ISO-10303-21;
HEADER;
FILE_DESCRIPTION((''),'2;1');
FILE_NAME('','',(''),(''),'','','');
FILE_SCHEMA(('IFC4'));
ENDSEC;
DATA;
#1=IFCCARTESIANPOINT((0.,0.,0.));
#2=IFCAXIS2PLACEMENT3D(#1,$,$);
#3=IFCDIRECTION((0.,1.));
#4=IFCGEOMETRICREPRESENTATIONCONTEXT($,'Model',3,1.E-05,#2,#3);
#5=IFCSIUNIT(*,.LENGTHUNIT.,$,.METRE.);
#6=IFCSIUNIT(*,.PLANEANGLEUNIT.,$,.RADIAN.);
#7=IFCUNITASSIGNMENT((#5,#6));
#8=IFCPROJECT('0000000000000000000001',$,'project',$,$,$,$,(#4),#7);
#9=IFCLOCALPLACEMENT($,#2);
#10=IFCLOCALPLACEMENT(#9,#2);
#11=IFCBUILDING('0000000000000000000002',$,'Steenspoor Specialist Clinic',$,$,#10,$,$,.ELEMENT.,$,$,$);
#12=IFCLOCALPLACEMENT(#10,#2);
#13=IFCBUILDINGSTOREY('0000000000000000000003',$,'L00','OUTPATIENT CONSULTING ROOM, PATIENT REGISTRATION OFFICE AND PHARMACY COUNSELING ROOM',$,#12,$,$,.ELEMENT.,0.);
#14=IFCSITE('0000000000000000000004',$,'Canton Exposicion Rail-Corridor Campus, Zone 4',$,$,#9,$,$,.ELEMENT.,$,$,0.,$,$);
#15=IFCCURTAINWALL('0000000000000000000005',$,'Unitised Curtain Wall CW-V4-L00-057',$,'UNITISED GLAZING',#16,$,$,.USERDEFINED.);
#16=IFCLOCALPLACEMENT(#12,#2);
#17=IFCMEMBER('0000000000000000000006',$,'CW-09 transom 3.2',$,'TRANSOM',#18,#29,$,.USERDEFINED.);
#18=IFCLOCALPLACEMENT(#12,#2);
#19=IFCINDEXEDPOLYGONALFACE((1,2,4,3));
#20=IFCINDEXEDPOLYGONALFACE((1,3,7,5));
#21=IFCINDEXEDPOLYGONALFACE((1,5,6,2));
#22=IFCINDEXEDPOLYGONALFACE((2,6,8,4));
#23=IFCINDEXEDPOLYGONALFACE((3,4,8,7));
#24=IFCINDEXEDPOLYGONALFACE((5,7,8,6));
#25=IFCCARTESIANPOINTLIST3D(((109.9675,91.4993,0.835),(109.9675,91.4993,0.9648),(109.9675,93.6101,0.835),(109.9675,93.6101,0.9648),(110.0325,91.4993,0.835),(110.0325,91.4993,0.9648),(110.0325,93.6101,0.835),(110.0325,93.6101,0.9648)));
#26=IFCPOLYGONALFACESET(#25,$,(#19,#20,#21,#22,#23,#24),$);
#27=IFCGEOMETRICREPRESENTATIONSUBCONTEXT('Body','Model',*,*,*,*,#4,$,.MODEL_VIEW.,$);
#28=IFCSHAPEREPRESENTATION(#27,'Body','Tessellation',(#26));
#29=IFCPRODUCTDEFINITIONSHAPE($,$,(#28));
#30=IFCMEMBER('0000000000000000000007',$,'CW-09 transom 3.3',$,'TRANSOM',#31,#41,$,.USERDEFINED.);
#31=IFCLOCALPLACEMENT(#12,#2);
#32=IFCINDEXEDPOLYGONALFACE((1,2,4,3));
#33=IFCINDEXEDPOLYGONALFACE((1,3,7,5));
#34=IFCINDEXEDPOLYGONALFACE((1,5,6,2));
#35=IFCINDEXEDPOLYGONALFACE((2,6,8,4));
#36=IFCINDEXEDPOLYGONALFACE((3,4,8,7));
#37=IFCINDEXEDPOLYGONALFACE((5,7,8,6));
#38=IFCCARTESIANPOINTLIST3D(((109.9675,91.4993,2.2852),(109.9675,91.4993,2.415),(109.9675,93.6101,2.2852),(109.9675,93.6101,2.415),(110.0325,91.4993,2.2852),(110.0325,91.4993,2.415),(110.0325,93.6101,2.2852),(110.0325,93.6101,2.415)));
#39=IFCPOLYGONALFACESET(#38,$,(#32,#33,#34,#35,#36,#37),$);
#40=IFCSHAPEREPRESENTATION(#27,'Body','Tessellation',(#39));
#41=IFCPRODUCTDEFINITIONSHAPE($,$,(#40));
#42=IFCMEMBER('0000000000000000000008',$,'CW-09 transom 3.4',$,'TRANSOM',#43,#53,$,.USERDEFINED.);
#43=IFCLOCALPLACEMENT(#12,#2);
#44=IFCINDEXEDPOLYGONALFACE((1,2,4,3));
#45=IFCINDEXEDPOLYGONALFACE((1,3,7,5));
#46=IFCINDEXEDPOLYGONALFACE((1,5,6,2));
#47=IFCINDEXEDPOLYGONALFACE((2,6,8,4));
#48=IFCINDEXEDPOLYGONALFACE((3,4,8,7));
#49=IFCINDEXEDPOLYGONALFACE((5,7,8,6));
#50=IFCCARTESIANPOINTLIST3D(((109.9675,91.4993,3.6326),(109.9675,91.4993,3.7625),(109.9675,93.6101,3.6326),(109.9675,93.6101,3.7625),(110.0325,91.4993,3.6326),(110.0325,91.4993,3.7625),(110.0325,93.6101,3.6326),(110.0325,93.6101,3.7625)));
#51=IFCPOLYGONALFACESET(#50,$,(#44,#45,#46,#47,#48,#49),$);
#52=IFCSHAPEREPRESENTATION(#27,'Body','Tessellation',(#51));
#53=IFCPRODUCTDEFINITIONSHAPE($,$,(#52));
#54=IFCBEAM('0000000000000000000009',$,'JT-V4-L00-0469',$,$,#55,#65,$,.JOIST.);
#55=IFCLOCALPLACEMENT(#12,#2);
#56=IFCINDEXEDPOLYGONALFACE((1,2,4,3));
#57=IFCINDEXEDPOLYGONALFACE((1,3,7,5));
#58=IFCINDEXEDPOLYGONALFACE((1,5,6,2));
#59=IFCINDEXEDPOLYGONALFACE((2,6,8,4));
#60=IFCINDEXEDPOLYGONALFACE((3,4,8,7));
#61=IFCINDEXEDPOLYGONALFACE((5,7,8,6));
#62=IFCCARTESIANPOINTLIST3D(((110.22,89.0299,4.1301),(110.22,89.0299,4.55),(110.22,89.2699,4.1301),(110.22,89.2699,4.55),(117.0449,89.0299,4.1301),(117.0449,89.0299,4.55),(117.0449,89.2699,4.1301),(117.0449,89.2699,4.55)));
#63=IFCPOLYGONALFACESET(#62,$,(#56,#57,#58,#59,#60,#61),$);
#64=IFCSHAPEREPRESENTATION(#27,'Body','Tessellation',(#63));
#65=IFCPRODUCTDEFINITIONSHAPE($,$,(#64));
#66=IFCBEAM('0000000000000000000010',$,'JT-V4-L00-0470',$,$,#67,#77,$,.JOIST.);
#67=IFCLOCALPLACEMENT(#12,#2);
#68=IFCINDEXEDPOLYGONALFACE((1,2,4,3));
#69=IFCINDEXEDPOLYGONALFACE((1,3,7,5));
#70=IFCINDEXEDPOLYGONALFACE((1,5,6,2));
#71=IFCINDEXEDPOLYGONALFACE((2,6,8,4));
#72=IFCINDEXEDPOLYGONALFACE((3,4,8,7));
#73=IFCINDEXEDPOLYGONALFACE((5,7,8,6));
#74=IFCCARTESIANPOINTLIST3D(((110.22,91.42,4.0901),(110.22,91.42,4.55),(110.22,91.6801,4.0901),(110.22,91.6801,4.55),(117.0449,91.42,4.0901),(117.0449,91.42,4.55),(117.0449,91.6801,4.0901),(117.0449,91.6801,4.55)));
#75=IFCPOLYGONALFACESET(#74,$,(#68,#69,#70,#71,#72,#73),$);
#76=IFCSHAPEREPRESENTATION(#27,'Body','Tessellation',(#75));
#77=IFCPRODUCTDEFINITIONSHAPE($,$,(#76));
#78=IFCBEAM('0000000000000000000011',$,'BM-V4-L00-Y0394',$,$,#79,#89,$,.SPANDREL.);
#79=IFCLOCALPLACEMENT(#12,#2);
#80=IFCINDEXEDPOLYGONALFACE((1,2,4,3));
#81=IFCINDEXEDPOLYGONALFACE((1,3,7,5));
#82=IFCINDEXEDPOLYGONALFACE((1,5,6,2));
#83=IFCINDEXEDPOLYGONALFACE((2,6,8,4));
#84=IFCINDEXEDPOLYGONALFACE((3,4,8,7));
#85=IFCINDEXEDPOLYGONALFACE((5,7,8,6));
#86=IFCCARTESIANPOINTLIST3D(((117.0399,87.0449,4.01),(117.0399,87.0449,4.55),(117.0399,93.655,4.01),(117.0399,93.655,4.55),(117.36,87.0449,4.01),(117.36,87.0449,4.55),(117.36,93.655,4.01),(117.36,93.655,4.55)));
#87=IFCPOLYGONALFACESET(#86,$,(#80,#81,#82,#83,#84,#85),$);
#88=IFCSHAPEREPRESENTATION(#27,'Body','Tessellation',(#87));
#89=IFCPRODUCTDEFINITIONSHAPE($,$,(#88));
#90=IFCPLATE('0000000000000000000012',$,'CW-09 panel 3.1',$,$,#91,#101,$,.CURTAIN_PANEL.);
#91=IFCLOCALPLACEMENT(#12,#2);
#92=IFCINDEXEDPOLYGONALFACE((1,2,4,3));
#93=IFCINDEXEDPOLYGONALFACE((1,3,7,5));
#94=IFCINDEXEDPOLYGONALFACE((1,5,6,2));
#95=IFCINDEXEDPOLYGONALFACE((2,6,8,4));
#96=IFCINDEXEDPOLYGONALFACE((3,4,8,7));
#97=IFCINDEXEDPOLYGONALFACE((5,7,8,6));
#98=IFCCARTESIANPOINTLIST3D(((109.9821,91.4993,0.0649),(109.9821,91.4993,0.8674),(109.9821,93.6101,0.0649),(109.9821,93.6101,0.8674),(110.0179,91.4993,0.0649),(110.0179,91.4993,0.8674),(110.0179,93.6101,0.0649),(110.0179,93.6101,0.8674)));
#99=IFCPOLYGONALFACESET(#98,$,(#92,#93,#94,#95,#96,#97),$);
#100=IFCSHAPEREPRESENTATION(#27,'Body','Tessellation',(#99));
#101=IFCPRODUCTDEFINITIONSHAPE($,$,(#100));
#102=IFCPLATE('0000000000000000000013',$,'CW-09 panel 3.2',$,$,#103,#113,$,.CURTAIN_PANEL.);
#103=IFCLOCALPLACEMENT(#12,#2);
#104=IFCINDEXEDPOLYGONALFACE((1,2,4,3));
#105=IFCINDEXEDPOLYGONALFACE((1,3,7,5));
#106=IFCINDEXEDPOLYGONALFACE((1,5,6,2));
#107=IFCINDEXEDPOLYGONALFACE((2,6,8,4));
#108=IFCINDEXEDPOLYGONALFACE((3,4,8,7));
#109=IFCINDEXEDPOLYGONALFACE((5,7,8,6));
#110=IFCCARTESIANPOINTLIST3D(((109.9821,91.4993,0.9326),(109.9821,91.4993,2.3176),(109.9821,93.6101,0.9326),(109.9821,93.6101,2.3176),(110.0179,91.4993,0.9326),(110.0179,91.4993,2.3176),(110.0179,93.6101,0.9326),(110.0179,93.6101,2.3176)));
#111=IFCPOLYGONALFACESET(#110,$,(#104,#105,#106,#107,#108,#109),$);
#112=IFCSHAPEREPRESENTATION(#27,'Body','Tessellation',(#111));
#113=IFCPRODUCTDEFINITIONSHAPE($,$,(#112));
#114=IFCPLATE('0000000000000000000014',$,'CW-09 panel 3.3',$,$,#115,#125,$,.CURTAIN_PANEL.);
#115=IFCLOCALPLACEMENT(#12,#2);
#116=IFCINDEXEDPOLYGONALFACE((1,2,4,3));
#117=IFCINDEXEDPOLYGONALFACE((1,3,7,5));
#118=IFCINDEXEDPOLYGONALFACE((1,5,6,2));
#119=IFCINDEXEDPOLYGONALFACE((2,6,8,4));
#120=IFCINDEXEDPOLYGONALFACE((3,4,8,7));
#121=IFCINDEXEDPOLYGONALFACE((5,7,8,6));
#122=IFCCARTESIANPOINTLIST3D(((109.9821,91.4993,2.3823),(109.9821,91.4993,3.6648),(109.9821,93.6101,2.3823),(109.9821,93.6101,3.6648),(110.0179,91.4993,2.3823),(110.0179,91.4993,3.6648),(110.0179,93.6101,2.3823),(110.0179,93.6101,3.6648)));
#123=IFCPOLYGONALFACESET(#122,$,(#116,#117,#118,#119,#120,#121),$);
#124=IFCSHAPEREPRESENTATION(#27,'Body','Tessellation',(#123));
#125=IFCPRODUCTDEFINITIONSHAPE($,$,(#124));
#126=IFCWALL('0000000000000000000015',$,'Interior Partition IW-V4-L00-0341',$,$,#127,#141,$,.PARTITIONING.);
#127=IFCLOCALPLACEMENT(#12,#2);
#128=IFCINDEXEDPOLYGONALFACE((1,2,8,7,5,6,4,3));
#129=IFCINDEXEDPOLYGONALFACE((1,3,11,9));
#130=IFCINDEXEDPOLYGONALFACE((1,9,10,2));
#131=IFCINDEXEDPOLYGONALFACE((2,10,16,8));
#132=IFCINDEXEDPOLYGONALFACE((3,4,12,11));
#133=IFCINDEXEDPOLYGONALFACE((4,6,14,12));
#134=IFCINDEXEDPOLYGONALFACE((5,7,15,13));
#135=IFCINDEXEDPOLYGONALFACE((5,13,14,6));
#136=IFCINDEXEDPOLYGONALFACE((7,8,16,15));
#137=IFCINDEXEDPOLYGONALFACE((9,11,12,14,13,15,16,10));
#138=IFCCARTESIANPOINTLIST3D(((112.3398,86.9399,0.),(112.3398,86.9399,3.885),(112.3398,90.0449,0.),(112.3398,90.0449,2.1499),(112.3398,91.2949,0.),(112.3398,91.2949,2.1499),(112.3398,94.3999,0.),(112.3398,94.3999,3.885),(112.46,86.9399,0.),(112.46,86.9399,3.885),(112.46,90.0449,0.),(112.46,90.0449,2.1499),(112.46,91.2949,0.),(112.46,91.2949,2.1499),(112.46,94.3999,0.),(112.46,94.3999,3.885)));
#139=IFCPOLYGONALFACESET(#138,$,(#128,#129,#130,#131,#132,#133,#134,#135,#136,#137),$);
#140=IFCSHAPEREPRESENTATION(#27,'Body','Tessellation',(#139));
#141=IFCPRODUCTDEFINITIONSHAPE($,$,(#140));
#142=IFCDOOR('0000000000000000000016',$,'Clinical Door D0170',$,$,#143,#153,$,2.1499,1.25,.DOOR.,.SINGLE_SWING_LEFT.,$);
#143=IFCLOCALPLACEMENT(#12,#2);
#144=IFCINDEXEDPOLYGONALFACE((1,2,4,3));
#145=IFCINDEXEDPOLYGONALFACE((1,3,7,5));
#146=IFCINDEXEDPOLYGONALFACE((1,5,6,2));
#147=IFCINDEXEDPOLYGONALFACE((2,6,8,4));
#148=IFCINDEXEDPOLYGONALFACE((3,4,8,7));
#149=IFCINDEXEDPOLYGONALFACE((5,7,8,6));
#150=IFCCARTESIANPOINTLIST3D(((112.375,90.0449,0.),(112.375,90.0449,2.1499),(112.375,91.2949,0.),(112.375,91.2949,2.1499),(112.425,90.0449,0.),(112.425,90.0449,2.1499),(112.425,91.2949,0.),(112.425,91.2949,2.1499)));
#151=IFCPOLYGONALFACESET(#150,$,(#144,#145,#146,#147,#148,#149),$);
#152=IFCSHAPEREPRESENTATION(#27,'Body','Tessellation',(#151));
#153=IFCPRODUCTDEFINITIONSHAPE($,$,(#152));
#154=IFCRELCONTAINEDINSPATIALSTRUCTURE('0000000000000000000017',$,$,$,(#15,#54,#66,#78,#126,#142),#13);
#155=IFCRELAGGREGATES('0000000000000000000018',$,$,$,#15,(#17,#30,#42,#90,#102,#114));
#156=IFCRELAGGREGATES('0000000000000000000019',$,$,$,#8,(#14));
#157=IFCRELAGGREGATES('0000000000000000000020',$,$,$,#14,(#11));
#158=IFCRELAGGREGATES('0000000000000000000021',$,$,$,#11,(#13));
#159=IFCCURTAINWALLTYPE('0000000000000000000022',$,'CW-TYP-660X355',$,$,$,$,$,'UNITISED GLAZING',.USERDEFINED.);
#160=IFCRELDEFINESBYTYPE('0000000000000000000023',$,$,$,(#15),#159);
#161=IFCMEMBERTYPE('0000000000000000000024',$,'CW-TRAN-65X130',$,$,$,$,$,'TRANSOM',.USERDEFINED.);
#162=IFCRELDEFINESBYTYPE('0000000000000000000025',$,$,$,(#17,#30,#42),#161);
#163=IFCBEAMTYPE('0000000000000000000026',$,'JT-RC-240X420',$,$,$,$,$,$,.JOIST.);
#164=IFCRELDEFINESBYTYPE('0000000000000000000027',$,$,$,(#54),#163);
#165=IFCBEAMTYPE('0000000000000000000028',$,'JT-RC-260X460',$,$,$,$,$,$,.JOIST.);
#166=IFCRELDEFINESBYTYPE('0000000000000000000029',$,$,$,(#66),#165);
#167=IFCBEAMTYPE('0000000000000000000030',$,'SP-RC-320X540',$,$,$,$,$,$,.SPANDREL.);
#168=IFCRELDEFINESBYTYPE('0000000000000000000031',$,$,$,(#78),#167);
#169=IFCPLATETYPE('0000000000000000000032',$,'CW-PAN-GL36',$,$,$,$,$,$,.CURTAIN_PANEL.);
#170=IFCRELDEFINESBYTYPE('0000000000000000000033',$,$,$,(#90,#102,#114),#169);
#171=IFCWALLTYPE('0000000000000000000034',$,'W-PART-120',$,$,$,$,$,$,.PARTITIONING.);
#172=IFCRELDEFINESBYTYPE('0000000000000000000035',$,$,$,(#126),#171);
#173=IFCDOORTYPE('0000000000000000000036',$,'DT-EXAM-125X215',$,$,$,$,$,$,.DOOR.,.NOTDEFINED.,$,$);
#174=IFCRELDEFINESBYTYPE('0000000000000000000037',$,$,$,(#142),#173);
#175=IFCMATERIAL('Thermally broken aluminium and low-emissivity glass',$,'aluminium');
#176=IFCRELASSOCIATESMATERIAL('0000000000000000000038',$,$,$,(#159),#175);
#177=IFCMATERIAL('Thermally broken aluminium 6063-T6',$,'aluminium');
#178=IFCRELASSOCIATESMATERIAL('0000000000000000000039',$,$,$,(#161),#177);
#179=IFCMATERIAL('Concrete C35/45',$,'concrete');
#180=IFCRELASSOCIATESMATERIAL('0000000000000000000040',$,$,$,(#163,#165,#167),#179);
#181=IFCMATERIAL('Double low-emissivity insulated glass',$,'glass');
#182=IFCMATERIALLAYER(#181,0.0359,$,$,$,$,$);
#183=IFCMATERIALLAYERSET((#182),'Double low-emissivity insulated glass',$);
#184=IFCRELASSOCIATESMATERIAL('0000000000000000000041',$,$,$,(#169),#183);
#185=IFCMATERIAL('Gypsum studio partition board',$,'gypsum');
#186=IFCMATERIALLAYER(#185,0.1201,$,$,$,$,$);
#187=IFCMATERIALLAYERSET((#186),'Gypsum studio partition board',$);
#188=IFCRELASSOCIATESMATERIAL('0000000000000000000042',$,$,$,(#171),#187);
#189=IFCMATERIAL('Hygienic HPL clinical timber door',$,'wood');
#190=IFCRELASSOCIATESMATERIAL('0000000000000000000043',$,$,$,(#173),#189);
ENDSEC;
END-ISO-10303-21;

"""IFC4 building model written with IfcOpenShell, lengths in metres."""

from ifc_helpers import new_model, si_unit, direction, frame, frame_2d, origin, origin_2d, place, context, subcontext, project, spatial, rectangle, extrude, material, layer, layer_set, material_profile, profile_set, type_object, element, fill, aggregate, save


model = new_model("IFC4")

# Units and contexts
model_context = context("Model", 3, precision=1e-05, world=origin(), true_north=direction((0.0, 1.0)))
body_context = subcontext(model_context, "Body", "Model", "MODEL_VIEW")
ifc_project = project(units=[si_unit("LENGTHUNIT", "METRE"), si_unit("PLANEANGLEUNIT", "RADIAN")], contexts=[model_context])

# Site, building, storey
site_placement = place(None, origin())
site = spatial("IfcSite", under=ifc_project, at=site_placement, Name="Canton Exposicion Rail-Corridor Campus, Zone 4", CompositionType="ELEMENT", RefElevation=0.0)
building_placement = place(site_placement, origin())
building = spatial("IfcBuilding", under=site, at=building_placement, Name="Steenspoor Specialist Clinic", CompositionType="ELEMENT")
storey_placement = place(building_placement, origin())
storey = spatial("IfcBuildingStorey", under=building, at=storey_placement, Name="L00", Description="OUTPATIENT CONSULTING ROOM, PATIENT REGISTRATION OFFICE AND PHARMACY COUNSELING ROOM", CompositionType="ELEMENT", Elevation=0.0)

# Shared definitions
ifc_material_1 = material(Name="Concrete C35/45", Category="concrete")

# Curtain wall, members
ifc_material_2 = material(Name="Thermally broken aluminium and low-emissivity glass", Category="aluminium")
curtain_wall_type = type_object("IfcCurtainWallType", Name="CW-TYP-660X355", ElementType="UNITISED GLAZING", PredefinedType="USERDEFINED", material=ifc_material_2)
curtain_wall_placement = place(storey_placement, origin())
curtain_wall = element("IfcCurtainWall", 1, at=curtain_wall_placement, inside=storey, type_object=curtain_wall_type, Name="Unitised Curtain Wall CW-V4-L00-057", ObjectType="UNITISED GLAZING", PredefinedType="USERDEFINED")
ifc_material_3 = material(Name="Thermally broken aluminium 6063-T6", Category="aluminium")
ifc_material_profile_1 = material_profile(ifc_material_3, rectangle(XDim=0.0649, YDim=0.1299, at=origin_2d()), Name="CWT-65X130")
ifc_profile_set_1 = profile_set([ifc_material_profile_1], Name="Thermally broken aluminium 6063-T6")
member_type = type_object("IfcMemberType", Name="CW-TRAN-65X130", ElementType="TRANSOM", PredefinedType="USERDEFINED", material=ifc_profile_set_1)
member_1_placement = place(storey_placement, frame((110.0, 91.4993, 0.8999), z_axis=(0.0, 1.0, 0.0), x_axis=(-1.0, 0.0, 0.0)))
member_1 = element("IfcMember", 2, at=member_1_placement, type_object=member_type, Name="CW-09 transom 3.2", ObjectType="TRANSOM", PredefinedType="USERDEFINED", context=body_context, shape_type="SweptSolid", body=[
    extrude(rectangle(XDim=0.0649, YDim=0.1299, at=origin_2d()), origin(), (0.0, 0.0, 1.0), 2.1108),
])
member_2_placement = place(storey_placement, frame((110.0, 91.4993, 2.3501), z_axis=(0.0, 1.0, 0.0), x_axis=(-1.0, 0.0, 0.0)))
member_2 = element("IfcMember", 3, at=member_2_placement, type_object=member_type, Name="CW-09 transom 3.3", ObjectType="TRANSOM", PredefinedType="USERDEFINED", context=body_context, shape_type="SweptSolid", body=[
    extrude(rectangle(XDim=0.0649, YDim=0.1299, at=origin_2d()), origin(), (0.0, 0.0, 1.0), 2.1108),
])
member_3_placement = place(storey_placement, frame((110.0, 91.4993, 3.6975), z_axis=(0.0, 1.0, 0.0), x_axis=(-1.0, 0.0, 0.0)))
member_3 = element("IfcMember", 4, at=member_3_placement, type_object=member_type, Name="CW-09 transom 3.4", ObjectType="TRANSOM", PredefinedType="USERDEFINED", context=body_context, shape_type="SweptSolid", body=[
    extrude(rectangle(XDim=0.0649, YDim=0.1299, at=origin_2d()), origin(), (0.0, 0.0, 1.0), 2.1108),
])

# Beams
ifc_material_profile_2 = material_profile(ifc_material_1, rectangle(XDim=0.24, YDim=0.4199, at=origin_2d()), Name="RC-JT-240X420")
ifc_profile_set_2 = profile_set([ifc_material_profile_2], Name="Concrete C35/45")
beam_type_1 = type_object("IfcBeamType", Name="JT-RC-240X420", PredefinedType="JOIST", material=ifc_profile_set_2)
beam_1_placement = place(storey_placement, frame((110.22, 89.1499, 4.3401), z_axis=(1.0, 0.0, 0.0), x_axis=(0.0, 1.0, 0.0)))
element("IfcBeam", 5, at=beam_1_placement, inside=storey, type_object=beam_type_1, Name="JT-V4-L00-0469", PredefinedType="JOIST", context=body_context, shape_type="SweptSolid", body=[
    extrude(rectangle(XDim=0.24, YDim=0.4199, at=origin_2d()), origin(), (0.0, 0.0, 1.0), 6.825),
])
ifc_material_profile_3 = material_profile(ifc_material_1, rectangle(XDim=0.26, YDim=0.46, at=origin_2d()), Name="RC-JT-260X460")
ifc_profile_set_3 = profile_set([ifc_material_profile_3], Name="Concrete C35/45")
beam_type_2 = type_object("IfcBeamType", Name="JT-RC-260X460", PredefinedType="JOIST", material=ifc_profile_set_3)
beam_2_placement = place(storey_placement, frame((110.22, 91.55, 4.3201), z_axis=(1.0, 0.0, 0.0), x_axis=(0.0, 1.0, 0.0)))
element("IfcBeam", 6, at=beam_2_placement, inside=storey, type_object=beam_type_2, Name="JT-V4-L00-0470", PredefinedType="JOIST", context=body_context, shape_type="SweptSolid", body=[
    extrude(rectangle(XDim=0.26, YDim=0.46, at=origin_2d()), origin(), (0.0, 0.0, 1.0), 6.825),
])
ifc_material_profile_4 = material_profile(ifc_material_1, rectangle(XDim=0.3201, YDim=0.54, at=origin_2d()), Name="RC-SP-320X540")
ifc_profile_set_4 = profile_set([ifc_material_profile_4], Name="Concrete C35/45")
beam_type_3 = type_object("IfcBeamType", Name="SP-RC-320X540", PredefinedType="SPANDREL", material=ifc_profile_set_4)
beam_3_placement = place(storey_placement, frame((117.2, 87.0449, 4.28), z_axis=(0.0, 1.0, 0.0), x_axis=(-1.0, 0.0, 0.0)))
element("IfcBeam", 7, at=beam_3_placement, inside=storey, type_object=beam_type_3, Name="BM-V4-L00-Y0394", PredefinedType="SPANDREL", context=body_context, shape_type="SweptSolid", body=[
    extrude(rectangle(XDim=0.3201, YDim=0.54, at=origin_2d()), origin(), (0.0, 0.0, 1.0), 6.6101),
])

# Plates
ifc_material_4 = material(Name="Double low-emissivity insulated glass", Category="glass")
ifc_layer_1 = layer(ifc_material_4, 0.0359)
ifc_layer_set_1 = layer_set([ifc_layer_1], Name="Double low-emissivity insulated glass")
plate_type = type_object("IfcPlateType", Name="CW-PAN-GL36", PredefinedType="CURTAIN_PANEL", material=ifc_layer_set_1)
plate_1_placement = place(storey_placement, frame((110.0, 92.5547, 0.0649), z_axis=(0.0, 0.0, 1.0), x_axis=(0.0, 1.0, 0.0)))
plate_1 = element("IfcPlate", 8, at=plate_1_placement, type_object=plate_type, Name="CW-09 panel 3.1", PredefinedType="CURTAIN_PANEL", context=body_context, shape_type="SweptSolid", body=[
    extrude(rectangle(XDim=2.1108, YDim=0.0359, at=origin_2d()), origin(), (0.0, 0.0, 1.0), 0.8025),
])
plate_2_placement = place(storey_placement, frame((110.0, 92.5547, 0.9326), z_axis=(0.0, 0.0, 1.0), x_axis=(0.0, 1.0, 0.0)))
plate_2 = element("IfcPlate", 9, at=plate_2_placement, type_object=plate_type, Name="CW-09 panel 3.2", PredefinedType="CURTAIN_PANEL", context=body_context, shape_type="SweptSolid", body=[
    extrude(rectangle(XDim=2.1108, YDim=0.0359, at=origin_2d()), origin(), (0.0, 0.0, 1.0), 1.385),
])
plate_3_placement = place(storey_placement, frame((110.0, 92.5547, 2.3823), z_axis=(0.0, 0.0, 1.0), x_axis=(0.0, 1.0, 0.0)))
plate_3 = element("IfcPlate", 10, at=plate_3_placement, type_object=plate_type, Name="CW-09 panel 3.3", PredefinedType="CURTAIN_PANEL", context=body_context, shape_type="SweptSolid", body=[
    extrude(rectangle(XDim=2.1108, YDim=0.0359, at=origin_2d()), origin(), (0.0, 0.0, 1.0), 1.2825),
])
aggregate(curtain_wall, [member_1, member_2, member_3, plate_1, plate_2, plate_3])

# Wall, opening, door
ifc_material_5 = material(Name="Gypsum studio partition board", Category="gypsum")
ifc_layer_2 = layer(ifc_material_5, 0.1201)
ifc_layer_set_2 = layer_set([ifc_layer_2], Name="Gypsum studio partition board")
wall_type_1 = type_object("IfcWallType", Name="W-PART-120", PredefinedType="PARTITIONING", material=ifc_layer_set_2)
wall_1_placement = place(storey_placement, frame((112.3999, 86.9399, 0.0), z_axis=(0.0, 0.0, 1.0), x_axis=(0.0, 1.0, 0.0)))
wall_1 = element("IfcWall", 11, at=wall_1_placement, inside=storey, type_object=wall_type_1, Name="Interior Partition IW-V4-L00-0341", PredefinedType="PARTITIONING", context=body_context, shape_type="SweptSolid", body=[
    extrude(rectangle(XDim=7.46, YDim=0.1201, at=frame_2d((3.73, 0.0))), origin(), (0.0, 0.0, 1.0), 3.885),
])
opening_1_placement = place(wall_1_placement, frame((3.105, 0.0, 0.0)))
opening_1 = element("IfcOpeningElement", 12, at=opening_1_placement, cuts=wall_1, PredefinedType="OPENING", context=body_context, shape_type="SweptSolid", body=[
    extrude(rectangle(XDim=1.25, YDim=2.1499, at=frame_2d((0.625, 1.075))), frame((0.0, 0.0701, 0.0), z_axis=(0.0, -1.0, 0.0), x_axis=(1.0, 0.0, 0.0)), (0.0, 0.0, 1.0), 0.1401),
])
ifc_material_6 = material(Name="Hygienic HPL clinical timber door", Category="wood")
door_type_1 = type_object("IfcDoorType", Name="DT-EXAM-125X215", OperationType="NOTDEFINED", PredefinedType="DOOR", material=ifc_material_6)
door_1_placement = place(opening_1_placement, origin())
door_1 = element("IfcDoor", 13, at=door_1_placement, inside=storey, type_object=door_type_1, Name="Clinical Door D0170", OperationType="SINGLE_SWING_LEFT", OverallHeight=2.1499, OverallWidth=1.25, PredefinedType="DOOR", context=body_context, shape_type="SweptSolid", body=[
    extrude(rectangle(XDim=1.25, YDim=2.1499, at=frame_2d((0.625, 1.075))), frame((0.0, 0.0249, 0.0), z_axis=(0.0, -1.0, 0.0), x_axis=(1.0, 0.0, 0.0)), (0.0, 0.0, 1.0), 0.05),
])
fill(opening_1, door_1)

save(model, "model.ifc")
